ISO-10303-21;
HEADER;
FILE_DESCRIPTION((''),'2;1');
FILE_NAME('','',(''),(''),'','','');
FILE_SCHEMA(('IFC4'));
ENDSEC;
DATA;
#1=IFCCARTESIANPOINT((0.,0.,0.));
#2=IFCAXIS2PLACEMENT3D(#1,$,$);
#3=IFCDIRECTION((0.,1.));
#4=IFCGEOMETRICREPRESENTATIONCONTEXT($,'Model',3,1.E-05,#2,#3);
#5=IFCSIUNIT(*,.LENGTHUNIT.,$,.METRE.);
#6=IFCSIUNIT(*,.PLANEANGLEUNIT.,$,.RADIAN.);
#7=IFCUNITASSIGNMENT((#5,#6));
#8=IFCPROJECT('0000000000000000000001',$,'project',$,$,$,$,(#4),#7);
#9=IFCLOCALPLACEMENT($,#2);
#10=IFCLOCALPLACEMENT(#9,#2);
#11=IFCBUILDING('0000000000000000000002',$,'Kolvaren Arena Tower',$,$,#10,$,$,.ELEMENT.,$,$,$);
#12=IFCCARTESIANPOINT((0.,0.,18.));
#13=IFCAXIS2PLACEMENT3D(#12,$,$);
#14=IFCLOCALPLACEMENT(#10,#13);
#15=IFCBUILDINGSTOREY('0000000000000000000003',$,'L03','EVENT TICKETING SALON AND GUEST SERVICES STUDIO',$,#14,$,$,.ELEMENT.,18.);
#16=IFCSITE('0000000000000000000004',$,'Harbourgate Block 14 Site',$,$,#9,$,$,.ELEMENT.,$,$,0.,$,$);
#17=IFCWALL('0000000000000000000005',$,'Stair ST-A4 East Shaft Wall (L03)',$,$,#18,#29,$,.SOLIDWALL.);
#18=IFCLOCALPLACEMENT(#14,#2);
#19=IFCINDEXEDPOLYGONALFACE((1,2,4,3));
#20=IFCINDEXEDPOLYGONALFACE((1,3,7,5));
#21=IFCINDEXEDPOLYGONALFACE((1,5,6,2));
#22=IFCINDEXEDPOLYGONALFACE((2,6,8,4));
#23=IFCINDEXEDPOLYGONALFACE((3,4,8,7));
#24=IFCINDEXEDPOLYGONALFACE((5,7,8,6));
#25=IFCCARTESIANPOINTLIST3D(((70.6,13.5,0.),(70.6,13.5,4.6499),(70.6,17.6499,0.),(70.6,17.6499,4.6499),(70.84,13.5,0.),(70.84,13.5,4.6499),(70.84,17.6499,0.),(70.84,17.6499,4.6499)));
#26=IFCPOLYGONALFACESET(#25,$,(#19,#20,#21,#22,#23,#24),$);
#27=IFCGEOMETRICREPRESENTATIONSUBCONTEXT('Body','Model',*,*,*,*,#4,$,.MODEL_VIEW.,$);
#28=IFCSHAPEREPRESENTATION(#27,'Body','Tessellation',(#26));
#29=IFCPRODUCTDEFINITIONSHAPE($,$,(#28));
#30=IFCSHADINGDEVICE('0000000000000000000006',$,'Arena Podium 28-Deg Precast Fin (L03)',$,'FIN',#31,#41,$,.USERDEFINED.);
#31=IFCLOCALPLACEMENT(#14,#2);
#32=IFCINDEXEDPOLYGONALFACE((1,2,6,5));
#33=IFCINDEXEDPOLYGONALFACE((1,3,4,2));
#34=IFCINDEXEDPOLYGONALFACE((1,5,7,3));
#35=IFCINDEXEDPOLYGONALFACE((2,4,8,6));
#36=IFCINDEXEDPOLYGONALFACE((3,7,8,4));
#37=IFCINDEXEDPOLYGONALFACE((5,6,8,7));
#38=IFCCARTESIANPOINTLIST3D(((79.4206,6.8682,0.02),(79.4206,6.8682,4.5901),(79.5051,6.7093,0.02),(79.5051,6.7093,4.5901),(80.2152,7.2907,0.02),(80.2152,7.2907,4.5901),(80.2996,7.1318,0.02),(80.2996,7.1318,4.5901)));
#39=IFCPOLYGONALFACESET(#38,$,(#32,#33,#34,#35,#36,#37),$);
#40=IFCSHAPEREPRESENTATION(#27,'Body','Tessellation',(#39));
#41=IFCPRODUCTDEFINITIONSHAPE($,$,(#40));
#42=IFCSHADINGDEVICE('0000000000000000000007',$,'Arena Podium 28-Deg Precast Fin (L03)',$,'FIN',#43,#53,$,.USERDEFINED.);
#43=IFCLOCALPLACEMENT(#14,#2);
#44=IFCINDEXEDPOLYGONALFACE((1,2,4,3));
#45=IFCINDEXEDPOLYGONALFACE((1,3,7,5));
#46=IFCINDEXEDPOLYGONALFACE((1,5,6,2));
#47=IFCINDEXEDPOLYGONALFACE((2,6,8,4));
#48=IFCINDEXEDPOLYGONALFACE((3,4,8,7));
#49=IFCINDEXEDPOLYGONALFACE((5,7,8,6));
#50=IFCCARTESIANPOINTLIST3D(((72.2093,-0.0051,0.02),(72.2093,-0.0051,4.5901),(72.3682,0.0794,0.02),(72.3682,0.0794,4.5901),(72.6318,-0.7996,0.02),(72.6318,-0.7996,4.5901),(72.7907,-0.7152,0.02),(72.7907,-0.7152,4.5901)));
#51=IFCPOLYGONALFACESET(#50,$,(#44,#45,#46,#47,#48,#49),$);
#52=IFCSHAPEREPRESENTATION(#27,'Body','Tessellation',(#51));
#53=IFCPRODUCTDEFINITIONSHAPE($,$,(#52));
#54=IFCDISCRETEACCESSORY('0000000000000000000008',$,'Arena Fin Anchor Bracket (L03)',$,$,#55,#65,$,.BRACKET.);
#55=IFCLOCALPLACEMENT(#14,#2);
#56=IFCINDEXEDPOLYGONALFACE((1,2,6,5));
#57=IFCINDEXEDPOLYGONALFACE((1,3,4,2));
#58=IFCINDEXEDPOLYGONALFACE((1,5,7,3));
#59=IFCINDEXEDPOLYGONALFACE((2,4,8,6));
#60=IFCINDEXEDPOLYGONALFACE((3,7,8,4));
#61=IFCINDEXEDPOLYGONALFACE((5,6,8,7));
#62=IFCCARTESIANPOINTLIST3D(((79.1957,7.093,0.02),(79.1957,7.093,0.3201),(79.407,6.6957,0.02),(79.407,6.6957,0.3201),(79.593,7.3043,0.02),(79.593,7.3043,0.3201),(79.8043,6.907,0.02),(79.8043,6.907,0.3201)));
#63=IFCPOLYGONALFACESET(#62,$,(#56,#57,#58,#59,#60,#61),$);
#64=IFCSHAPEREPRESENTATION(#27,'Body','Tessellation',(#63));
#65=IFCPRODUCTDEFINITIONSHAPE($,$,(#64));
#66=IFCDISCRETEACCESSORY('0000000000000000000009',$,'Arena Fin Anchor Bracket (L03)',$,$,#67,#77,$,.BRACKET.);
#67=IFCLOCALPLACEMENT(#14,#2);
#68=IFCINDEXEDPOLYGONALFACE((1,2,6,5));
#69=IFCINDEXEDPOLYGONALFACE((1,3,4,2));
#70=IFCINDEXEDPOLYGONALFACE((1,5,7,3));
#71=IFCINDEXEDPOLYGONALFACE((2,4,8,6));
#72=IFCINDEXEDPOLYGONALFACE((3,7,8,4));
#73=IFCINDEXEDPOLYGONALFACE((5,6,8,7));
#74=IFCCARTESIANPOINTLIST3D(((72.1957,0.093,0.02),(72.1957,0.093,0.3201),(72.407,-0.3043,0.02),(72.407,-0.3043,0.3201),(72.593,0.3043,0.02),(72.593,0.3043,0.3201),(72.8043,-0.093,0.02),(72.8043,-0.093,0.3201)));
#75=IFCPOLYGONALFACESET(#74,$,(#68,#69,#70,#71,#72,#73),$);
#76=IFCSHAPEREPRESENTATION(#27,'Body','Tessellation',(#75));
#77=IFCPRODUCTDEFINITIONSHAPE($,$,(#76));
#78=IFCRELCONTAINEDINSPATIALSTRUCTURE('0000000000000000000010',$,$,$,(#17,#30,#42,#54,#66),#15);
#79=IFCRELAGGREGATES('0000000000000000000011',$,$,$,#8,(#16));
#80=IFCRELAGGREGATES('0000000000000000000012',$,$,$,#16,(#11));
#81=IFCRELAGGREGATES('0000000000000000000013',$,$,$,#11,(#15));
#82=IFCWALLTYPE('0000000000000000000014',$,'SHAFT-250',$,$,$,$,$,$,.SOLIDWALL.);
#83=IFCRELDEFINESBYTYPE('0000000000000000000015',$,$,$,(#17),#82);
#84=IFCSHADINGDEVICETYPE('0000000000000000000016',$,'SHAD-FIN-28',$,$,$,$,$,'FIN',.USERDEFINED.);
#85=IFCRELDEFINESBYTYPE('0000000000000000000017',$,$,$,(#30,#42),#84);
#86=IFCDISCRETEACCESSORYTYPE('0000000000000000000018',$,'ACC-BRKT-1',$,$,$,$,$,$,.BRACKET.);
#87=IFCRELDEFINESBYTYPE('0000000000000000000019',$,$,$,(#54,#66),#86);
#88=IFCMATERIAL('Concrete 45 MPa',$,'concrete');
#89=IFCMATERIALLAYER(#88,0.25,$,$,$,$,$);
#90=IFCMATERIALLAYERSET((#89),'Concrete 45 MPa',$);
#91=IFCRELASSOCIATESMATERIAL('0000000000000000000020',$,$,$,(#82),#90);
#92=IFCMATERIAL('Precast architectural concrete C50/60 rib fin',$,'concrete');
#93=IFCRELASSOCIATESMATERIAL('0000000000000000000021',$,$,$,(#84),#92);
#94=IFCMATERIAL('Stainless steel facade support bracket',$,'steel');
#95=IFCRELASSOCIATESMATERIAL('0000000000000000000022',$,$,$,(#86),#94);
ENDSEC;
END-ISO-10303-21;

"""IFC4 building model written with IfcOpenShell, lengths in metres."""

from ifc_helpers import new_model, si_unit, direction, frame, frame_2d, origin, origin_2d, place, context, subcontext, project, spatial, rectangle, extrude, material, layer, layer_set, type_object, element, save


model = new_model("IFC4")

# Units and contexts
model_context = context("Model", 3, precision=1e-05, world=origin(), true_north=direction((0.0, 1.0)))
body_context = subcontext(model_context, "Body", "Model", "MODEL_VIEW")
ifc_project = project(units=[si_unit("LENGTHUNIT", "METRE"), si_unit("PLANEANGLEUNIT", "RADIAN")], contexts=[model_context])

# Site, building, storey
site_placement = place(None, origin())
site = spatial("IfcSite", under=ifc_project, at=site_placement, Name="Harbourgate Block 14 Site", CompositionType="ELEMENT", RefElevation=0.0)
building_placement = place(site_placement, origin())
building = spatial("IfcBuilding", under=site, at=building_placement, Name="Kolvaren Arena Tower", CompositionType="ELEMENT")
storey_placement = place(building_placement, frame((0.0, 0.0, 18.0)))
storey = spatial("IfcBuildingStorey", under=building, at=storey_placement, Name="L03", Description="EVENT TICKETING SALON AND GUEST SERVICES STUDIO", CompositionType="ELEMENT", Elevation=18.0)

# Wall
ifc_material_1 = material(Name="Concrete 45 MPa", Category="concrete")
ifc_layer_1 = layer(ifc_material_1, 0.25)
ifc_layer_set_1 = layer_set([ifc_layer_1], Name="Concrete 45 MPa")
wall_type_1 = type_object("IfcWallType", Name="SHAFT-250", PredefinedType="SOLIDWALL", material=ifc_layer_set_1)
wall_1_placement = place(storey_placement, frame((70.72, 13.5, 0.0), z_axis=(0.0, 0.0, 1.0), x_axis=(0.0, 1.0, 0.0)))
element("IfcWall", 1, at=wall_1_placement, inside=storey, type_object=wall_type_1, Name="Stair ST-A4 East Shaft Wall (L03)", PredefinedType="SOLIDWALL", context=body_context, shape_type="SweptSolid", body=[
    extrude(rectangle(XDim=4.1499, YDim=0.24, at=frame_2d((2.075, 0.0))), origin(), (0.0, 0.0, 1.0), 4.6499),
])

# Shading devices
ifc_material_2 = material(Name="Precast architectural concrete C50/60 rib fin", Category="concrete")
shading_device_type = type_object("IfcShadingDeviceType", Name="SHAD-FIN-28", ElementType="FIN", PredefinedType="USERDEFINED", material=ifc_material_2)
for number, where, z_axis, x_axis, name in (
    (2, (79.8601, 7.0, 0.02), (0.0, 0.0, 1.0), (0.882948, 0.469472, 0.0), "Arena Podium 28-Deg Precast Fin (L03)"),
    (3, (72.5, -0.3601, 0.02), (0.0, 0.0, 1.0), (0.469472, -0.882948, 0.0), "Arena Podium 28-Deg Precast Fin (L03)"),
):
    element("IfcShadingDevice", number, at=place(storey_placement, frame(where, z_axis=z_axis, x_axis=x_axis)), inside=storey, type_object=shading_device_type, Name=name, ObjectType="FIN", PredefinedType="USERDEFINED", context=body_context, shape_type="SweptSolid", body=[
        extrude(rectangle(XDim=0.8999, YDim=0.1799, at=origin_2d()), origin(), (0.0, 0.0, 1.0), 4.5701),
    ])

# Discrete accessories
ifc_material_3 = material(Name="Stainless steel facade support bracket", Category="steel")
discrete_accessory_type = type_object("IfcDiscreteAccessoryType", Name="ACC-BRKT-1", PredefinedType="BRACKET", material=ifc_material_3)
for number, where, z_axis, x_axis, name in (
    (4, (79.5, 7.0, 0.02), (0.0, 0.0, 1.0), (0.882948, 0.469472, 0.0), "Arena Fin Anchor Bracket (L03)"),
    (5, (72.5, 0.0, 0.02), (0.0, 0.0, 1.0), (0.469472, -0.882948, 0.0), "Arena Fin Anchor Bracket (L03)"),
):
    element("IfcDiscreteAccessory", number, at=place(storey_placement, frame(where, z_axis=z_axis, x_axis=x_axis)), inside=storey, type_object=discrete_accessory_type, Name=name, PredefinedType="BRACKET", context=body_context, shape_type="SweptSolid", body=[
        extrude(rectangle(XDim=0.45, YDim=0.45, at=origin_2d()), origin(), (0.0, 0.0, 1.0), 0.3),
    ])

save(model, "model.ifc")
